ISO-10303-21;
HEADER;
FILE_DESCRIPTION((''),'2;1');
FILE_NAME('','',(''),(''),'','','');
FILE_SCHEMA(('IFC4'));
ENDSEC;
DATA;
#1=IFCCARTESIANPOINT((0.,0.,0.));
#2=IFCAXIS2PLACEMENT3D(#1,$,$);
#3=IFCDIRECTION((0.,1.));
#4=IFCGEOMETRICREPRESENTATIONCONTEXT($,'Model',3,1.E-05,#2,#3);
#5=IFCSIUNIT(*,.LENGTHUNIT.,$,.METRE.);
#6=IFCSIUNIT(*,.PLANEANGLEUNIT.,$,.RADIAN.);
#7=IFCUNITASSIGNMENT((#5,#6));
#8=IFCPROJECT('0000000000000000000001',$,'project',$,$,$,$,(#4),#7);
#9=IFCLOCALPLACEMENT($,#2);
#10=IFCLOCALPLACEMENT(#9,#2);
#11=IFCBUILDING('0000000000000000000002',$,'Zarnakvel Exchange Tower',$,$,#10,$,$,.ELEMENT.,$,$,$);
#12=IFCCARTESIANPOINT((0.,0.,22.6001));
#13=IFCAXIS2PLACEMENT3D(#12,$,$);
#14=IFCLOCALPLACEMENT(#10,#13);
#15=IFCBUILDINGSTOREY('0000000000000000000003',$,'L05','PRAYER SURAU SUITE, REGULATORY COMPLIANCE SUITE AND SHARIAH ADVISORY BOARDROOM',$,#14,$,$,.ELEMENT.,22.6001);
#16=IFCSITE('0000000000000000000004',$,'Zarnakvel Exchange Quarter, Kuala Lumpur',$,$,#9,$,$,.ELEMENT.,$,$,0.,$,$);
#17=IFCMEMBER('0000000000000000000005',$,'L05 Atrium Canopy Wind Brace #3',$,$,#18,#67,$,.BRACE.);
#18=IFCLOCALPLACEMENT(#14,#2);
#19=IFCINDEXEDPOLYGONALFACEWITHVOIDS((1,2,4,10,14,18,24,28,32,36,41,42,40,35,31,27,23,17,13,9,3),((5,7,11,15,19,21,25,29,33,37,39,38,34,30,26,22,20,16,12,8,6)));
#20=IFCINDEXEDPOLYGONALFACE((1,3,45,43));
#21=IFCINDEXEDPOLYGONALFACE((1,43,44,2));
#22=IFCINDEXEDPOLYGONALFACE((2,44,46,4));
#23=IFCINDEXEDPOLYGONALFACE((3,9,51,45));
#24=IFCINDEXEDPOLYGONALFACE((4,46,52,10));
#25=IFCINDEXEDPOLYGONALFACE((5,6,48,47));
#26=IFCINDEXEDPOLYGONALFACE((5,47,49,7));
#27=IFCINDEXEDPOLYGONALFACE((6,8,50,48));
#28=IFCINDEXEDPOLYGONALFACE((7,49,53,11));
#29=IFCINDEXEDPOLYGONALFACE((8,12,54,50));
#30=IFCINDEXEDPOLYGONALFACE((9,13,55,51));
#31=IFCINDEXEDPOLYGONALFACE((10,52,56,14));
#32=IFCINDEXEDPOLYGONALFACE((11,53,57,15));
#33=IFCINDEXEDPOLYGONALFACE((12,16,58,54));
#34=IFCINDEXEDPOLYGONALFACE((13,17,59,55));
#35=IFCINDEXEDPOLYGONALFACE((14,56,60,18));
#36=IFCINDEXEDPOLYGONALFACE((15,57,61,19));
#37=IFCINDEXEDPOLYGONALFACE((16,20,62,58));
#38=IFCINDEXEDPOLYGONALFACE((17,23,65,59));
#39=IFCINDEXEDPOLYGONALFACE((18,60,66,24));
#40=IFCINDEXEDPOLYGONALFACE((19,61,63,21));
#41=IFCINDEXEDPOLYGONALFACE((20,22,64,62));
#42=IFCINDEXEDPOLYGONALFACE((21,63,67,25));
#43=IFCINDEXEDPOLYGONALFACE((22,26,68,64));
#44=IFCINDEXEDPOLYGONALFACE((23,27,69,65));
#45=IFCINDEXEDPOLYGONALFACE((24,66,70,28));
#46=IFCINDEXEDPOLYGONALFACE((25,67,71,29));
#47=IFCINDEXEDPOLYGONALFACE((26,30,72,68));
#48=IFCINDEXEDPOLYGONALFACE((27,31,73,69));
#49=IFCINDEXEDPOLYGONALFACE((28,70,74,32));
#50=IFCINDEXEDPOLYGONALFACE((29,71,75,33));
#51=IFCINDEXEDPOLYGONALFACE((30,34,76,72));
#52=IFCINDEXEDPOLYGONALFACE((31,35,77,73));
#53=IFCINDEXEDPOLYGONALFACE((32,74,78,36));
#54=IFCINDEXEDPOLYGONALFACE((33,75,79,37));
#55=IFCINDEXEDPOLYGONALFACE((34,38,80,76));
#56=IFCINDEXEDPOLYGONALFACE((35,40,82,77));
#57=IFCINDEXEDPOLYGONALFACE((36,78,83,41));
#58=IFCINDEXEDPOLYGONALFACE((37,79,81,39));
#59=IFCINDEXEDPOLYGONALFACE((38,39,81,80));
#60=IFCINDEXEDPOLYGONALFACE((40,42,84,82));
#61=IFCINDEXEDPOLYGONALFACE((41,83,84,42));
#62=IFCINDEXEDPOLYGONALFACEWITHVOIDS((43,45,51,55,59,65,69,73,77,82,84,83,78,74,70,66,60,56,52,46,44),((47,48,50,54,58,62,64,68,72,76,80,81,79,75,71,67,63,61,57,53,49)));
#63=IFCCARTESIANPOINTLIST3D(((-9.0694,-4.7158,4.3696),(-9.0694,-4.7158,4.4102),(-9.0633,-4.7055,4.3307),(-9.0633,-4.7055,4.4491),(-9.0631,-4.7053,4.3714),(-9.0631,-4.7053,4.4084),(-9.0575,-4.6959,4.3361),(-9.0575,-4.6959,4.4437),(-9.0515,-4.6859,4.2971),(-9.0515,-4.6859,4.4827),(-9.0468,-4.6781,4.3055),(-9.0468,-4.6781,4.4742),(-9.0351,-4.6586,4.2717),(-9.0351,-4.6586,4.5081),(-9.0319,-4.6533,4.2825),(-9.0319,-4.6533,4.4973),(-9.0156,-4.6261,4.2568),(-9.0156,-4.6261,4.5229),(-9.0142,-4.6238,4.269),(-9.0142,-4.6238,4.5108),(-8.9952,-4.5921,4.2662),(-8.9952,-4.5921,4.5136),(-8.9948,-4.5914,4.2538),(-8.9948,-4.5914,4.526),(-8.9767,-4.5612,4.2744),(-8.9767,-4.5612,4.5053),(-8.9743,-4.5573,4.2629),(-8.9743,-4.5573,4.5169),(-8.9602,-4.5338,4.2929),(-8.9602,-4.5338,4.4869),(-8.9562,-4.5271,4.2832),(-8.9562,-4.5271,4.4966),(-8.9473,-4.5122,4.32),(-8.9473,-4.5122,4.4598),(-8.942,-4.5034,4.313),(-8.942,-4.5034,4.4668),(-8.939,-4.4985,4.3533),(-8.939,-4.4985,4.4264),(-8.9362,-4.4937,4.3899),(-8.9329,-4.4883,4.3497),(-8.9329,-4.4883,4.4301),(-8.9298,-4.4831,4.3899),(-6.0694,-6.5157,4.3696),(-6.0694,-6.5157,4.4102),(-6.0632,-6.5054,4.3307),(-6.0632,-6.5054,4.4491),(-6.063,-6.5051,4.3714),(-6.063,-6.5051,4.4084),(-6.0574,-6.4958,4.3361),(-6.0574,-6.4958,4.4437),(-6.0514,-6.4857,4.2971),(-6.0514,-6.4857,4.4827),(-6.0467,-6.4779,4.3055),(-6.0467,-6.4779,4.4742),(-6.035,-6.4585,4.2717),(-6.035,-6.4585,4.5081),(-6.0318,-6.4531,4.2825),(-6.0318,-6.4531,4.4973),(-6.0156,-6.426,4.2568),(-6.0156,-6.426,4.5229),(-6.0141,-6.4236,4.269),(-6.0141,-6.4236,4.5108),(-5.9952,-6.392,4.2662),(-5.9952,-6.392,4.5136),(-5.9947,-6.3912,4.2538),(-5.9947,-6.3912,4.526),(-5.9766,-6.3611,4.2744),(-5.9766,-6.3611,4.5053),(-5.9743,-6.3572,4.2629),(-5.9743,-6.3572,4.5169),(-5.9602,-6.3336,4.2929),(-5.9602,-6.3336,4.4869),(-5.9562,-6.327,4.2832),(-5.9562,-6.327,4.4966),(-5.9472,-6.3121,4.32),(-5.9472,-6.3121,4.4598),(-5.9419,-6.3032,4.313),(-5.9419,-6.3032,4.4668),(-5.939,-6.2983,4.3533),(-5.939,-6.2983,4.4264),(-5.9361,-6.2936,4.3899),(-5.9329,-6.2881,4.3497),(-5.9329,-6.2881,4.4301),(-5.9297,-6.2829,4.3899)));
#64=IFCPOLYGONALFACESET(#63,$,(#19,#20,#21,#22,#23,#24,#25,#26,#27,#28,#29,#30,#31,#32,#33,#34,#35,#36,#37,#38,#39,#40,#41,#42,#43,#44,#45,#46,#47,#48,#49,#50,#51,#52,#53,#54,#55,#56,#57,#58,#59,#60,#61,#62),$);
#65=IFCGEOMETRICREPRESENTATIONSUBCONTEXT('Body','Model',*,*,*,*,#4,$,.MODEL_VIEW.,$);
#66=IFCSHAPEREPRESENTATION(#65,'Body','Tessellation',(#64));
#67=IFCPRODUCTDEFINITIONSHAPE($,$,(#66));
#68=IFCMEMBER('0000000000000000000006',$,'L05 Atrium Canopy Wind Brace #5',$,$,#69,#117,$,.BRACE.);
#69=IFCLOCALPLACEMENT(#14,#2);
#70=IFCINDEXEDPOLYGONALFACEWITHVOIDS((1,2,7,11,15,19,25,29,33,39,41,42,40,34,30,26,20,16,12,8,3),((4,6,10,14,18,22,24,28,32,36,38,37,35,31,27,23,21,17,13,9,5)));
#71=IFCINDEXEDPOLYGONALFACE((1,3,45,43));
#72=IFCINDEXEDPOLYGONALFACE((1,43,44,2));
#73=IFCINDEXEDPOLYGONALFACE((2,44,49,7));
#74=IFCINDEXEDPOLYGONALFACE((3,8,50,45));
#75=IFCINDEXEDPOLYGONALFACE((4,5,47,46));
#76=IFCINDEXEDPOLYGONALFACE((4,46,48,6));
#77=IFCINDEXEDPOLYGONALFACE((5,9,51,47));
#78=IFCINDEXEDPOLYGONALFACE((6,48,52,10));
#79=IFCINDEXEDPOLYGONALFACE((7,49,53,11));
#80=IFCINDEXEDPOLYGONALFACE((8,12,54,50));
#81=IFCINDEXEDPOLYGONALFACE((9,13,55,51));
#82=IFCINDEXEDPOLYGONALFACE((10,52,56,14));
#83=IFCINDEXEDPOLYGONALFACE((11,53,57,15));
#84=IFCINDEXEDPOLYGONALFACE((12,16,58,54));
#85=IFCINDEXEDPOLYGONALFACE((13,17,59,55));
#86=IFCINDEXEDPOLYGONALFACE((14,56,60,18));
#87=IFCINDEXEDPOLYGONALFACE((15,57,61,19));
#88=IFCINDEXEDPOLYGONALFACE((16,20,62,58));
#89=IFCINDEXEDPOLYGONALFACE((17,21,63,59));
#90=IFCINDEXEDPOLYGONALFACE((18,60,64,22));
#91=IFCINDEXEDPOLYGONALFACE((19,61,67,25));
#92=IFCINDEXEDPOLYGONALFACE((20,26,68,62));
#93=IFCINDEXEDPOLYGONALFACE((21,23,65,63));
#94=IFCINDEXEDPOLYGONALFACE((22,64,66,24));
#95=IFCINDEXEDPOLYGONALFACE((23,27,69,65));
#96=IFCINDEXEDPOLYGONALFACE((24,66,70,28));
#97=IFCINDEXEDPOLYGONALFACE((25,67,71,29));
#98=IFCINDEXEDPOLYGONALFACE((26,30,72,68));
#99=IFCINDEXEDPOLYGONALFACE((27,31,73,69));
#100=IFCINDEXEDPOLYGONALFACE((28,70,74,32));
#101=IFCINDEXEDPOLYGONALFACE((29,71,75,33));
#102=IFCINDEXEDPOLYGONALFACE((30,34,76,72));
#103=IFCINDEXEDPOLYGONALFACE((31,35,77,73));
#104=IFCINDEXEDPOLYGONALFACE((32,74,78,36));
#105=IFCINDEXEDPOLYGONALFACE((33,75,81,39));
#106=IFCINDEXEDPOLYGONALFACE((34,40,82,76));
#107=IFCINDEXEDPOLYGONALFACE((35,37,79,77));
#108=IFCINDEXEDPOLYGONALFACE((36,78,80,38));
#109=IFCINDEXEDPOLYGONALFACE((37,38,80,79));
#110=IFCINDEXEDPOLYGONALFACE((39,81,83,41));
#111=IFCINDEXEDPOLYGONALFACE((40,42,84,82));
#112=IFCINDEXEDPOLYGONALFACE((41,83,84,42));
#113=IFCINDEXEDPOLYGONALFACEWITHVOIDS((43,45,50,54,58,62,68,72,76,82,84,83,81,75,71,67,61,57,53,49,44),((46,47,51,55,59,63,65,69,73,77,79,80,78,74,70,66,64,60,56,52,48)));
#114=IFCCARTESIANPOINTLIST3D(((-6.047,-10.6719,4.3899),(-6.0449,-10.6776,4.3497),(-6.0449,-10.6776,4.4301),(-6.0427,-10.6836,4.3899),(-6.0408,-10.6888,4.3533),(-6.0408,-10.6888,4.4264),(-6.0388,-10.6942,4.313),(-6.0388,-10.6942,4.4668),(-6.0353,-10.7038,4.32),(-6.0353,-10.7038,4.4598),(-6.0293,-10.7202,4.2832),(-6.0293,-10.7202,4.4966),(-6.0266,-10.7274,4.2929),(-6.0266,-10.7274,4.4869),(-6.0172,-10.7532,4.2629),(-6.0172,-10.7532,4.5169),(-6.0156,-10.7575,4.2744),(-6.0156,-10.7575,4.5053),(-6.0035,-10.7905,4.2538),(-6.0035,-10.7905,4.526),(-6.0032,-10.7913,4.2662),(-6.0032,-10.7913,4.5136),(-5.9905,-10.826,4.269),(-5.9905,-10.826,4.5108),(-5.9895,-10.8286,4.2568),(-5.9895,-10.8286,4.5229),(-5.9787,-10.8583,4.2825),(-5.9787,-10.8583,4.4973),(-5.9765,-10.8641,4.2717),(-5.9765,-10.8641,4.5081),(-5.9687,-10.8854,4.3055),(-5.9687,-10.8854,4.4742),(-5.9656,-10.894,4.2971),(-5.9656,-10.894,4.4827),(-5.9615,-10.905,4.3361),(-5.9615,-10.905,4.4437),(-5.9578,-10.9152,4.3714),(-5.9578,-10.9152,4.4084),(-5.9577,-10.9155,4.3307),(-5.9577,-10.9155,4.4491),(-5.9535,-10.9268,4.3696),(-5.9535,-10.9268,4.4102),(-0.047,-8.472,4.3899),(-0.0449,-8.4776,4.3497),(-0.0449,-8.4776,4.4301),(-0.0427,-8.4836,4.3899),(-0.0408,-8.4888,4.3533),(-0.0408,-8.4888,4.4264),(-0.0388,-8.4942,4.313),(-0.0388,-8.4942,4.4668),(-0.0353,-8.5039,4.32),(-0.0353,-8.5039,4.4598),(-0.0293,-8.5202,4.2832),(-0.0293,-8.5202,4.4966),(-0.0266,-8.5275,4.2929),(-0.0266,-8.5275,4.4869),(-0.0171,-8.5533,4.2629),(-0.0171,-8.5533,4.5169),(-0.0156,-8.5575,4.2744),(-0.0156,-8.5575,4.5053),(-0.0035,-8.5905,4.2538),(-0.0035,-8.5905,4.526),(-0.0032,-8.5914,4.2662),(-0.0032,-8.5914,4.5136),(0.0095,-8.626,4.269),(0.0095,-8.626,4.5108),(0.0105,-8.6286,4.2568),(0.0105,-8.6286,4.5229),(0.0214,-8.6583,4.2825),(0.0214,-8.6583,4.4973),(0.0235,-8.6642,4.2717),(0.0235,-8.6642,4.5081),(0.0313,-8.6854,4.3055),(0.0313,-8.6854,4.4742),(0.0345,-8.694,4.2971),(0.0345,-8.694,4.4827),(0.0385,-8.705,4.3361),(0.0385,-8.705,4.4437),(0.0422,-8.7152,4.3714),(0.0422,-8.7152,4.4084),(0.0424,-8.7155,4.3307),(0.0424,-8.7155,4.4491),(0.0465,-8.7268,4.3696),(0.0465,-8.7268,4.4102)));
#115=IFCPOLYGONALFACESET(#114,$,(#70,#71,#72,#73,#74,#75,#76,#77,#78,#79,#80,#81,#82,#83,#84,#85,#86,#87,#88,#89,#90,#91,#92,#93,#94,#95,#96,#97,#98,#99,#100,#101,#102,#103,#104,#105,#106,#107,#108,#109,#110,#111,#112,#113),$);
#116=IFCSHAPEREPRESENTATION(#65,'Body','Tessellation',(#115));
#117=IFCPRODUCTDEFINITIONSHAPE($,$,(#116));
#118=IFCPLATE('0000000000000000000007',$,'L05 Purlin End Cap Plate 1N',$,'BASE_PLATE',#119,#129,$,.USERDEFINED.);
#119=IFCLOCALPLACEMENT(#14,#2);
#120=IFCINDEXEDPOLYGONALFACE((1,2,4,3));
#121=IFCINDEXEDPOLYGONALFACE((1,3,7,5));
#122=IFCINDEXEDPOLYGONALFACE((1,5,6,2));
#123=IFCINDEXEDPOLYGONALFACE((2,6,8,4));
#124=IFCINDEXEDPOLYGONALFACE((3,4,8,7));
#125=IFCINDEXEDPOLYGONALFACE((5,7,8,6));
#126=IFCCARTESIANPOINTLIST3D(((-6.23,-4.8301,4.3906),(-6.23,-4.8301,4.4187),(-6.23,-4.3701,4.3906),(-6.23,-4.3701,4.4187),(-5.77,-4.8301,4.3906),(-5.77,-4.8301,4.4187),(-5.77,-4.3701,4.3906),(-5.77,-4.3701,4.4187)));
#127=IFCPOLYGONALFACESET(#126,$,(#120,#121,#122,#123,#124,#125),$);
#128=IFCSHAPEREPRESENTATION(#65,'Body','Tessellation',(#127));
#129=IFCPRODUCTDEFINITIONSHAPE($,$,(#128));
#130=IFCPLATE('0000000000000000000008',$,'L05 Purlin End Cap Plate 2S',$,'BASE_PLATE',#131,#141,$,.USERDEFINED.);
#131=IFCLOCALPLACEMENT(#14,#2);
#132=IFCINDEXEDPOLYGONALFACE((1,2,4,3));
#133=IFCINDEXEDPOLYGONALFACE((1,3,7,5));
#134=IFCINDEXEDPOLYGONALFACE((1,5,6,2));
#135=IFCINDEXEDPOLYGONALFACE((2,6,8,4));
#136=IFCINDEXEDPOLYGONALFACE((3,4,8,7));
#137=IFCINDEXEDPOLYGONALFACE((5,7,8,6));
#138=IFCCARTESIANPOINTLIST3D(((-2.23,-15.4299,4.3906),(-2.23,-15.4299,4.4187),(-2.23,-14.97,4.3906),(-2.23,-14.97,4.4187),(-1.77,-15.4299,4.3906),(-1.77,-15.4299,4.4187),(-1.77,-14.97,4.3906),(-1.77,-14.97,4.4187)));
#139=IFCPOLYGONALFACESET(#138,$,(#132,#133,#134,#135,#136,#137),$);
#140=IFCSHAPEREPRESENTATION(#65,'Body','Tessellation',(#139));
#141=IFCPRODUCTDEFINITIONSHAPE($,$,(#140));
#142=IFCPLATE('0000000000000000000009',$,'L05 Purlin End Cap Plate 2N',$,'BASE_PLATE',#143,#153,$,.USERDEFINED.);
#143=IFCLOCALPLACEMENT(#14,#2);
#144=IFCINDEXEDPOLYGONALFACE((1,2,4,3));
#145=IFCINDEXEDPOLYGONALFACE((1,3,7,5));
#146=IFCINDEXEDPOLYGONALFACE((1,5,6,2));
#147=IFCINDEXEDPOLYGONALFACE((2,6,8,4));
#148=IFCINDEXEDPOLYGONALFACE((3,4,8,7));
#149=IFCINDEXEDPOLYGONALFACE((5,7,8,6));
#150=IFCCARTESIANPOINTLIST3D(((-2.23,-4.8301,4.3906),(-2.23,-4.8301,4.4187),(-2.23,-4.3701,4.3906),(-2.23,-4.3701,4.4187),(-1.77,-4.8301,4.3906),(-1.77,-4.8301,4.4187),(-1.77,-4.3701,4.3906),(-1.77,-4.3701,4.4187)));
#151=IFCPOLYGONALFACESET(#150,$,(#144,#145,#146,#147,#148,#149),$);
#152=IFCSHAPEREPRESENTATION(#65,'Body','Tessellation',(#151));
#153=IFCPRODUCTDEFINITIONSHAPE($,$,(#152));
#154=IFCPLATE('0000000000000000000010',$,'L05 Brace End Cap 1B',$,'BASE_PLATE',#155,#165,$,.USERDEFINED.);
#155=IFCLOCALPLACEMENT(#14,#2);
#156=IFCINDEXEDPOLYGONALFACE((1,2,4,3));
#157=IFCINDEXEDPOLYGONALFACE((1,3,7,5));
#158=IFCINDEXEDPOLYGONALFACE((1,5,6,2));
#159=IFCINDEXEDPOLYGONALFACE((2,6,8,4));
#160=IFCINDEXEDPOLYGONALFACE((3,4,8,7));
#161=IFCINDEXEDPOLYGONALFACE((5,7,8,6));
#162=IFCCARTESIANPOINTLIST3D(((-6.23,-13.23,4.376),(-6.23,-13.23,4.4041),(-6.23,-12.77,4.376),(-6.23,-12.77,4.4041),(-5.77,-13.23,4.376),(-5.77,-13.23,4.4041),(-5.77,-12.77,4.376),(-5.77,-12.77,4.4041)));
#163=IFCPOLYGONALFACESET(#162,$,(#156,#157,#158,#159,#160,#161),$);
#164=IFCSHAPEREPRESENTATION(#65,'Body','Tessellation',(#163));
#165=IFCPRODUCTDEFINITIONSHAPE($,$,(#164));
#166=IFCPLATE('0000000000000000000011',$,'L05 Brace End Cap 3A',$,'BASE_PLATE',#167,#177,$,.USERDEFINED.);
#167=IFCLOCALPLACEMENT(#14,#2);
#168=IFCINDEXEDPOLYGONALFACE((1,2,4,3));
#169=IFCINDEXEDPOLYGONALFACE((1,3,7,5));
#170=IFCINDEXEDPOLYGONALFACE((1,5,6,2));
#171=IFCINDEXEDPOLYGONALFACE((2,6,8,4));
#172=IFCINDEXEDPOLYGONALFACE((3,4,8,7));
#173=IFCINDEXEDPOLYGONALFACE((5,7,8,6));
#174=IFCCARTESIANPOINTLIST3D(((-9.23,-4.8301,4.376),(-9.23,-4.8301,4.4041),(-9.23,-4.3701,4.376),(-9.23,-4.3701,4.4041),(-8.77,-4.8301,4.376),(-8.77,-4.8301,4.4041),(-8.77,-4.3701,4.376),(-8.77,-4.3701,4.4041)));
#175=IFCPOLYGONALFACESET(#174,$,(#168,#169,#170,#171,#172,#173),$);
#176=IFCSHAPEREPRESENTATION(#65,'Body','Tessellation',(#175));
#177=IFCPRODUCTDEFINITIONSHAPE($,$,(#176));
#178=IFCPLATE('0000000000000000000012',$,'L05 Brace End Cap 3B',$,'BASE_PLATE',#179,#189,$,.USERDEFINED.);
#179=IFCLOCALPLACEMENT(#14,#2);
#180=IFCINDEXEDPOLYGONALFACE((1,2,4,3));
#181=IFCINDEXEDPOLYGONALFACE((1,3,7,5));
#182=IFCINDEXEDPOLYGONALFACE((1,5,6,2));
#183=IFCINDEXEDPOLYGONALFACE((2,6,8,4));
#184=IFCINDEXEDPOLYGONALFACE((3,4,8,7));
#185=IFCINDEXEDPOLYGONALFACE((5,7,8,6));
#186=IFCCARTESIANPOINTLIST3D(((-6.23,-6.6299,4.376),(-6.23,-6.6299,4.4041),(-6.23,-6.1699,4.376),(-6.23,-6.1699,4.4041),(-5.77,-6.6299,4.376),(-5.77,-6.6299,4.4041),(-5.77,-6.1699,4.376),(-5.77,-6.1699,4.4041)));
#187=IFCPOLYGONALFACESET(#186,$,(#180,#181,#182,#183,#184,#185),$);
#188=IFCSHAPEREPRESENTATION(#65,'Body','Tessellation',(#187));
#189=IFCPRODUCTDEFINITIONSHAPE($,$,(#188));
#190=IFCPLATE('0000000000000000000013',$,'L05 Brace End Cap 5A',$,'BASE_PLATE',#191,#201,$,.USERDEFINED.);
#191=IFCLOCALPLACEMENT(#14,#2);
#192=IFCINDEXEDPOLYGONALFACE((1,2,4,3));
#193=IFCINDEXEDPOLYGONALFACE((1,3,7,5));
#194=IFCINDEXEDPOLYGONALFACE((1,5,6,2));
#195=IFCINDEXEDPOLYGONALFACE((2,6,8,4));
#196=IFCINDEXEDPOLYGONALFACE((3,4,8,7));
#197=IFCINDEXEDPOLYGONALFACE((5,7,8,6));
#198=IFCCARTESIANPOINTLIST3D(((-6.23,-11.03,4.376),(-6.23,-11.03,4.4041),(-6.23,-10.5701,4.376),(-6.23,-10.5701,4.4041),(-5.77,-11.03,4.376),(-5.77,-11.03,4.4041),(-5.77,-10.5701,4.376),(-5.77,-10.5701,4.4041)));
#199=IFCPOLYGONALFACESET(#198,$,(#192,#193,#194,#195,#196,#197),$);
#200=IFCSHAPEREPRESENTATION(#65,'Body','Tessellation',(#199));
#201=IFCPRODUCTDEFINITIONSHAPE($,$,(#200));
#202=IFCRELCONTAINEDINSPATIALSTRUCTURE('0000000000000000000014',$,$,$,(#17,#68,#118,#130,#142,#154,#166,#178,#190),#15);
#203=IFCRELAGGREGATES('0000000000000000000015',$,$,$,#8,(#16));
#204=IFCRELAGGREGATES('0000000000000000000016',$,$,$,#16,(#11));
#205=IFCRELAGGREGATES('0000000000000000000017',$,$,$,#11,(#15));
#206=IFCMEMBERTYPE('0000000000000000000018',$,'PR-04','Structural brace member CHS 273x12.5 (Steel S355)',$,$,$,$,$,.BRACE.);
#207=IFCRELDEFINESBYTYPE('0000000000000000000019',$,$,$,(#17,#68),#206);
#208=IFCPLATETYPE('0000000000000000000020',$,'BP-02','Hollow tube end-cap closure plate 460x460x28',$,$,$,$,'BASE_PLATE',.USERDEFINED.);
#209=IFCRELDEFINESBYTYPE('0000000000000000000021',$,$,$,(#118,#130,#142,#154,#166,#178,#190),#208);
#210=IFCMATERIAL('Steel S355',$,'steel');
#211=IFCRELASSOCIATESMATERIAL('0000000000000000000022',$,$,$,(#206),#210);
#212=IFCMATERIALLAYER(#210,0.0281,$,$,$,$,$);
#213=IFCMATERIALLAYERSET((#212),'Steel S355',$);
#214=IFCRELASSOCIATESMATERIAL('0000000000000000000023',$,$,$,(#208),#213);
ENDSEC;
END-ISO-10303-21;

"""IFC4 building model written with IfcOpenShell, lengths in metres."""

from ifc_helpers import new_model, si_unit, direction, frame, origin, origin_2d, place, context, subcontext, project, spatial, rectangle, hollow_circle, extrude, source, transform, mapped, material, layer, layer_set, material_profile, profile_set, type_object, element, save


model = new_model("IFC4")

# Units and contexts
model_context = context("Model", 3, precision=1e-05, world=origin(), true_north=direction((0.0, 1.0)))
body_context = subcontext(model_context, "Body", "Model", "MODEL_VIEW")
ifc_project = project(units=[si_unit("LENGTHUNIT", "METRE"), si_unit("PLANEANGLEUNIT", "RADIAN")], contexts=[model_context])

# Site, building, storey
site_placement = place(None, origin())
site = spatial("IfcSite", under=ifc_project, at=site_placement, Name="Zarnakvel Exchange Quarter, Kuala Lumpur", CompositionType="ELEMENT", RefElevation=0.0)
building_placement = place(site_placement, origin())
building = spatial("IfcBuilding", under=site, at=building_placement, Name="Zarnakvel Exchange Tower", CompositionType="ELEMENT")
storey_placement = place(building_placement, frame((0.0, 0.0, 22.6001)))
storey = spatial("IfcBuildingStorey", under=building, at=storey_placement, Name="L05", Description="PRAYER SURAU SUITE, REGULATORY COMPLIANCE SUITE AND SHARIAH ADVISORY BOARDROOM", CompositionType="ELEMENT", Elevation=22.6001)

# Shared definitions
ifc_material_1 = material(Name="Steel S355", Category="steel")

# Members
ifc_material_profile_1 = material_profile(ifc_material_1, hollow_circle(Radius=0.1365, WallThickness=0.0125, at=origin_2d()))
ifc_profile_set_1 = profile_set([ifc_material_profile_1], Name="Steel S355")
member_type_1 = type_object("IfcMemberType", Name="PR-04", Description="Structural brace member CHS 273x12.5 (Steel S355)", PredefinedType="BRACE", material=ifc_profile_set_1)
shared_shape_1 = source(origin(), body_context, "Body", "SweptSolid", [
    extrude(hollow_circle(Radius=0.1365, WallThickness=0.0125, at=origin_2d()), origin(), (0.0, 0.0, 1.0), 3.4985),
])
member_1_placement = place(storey_placement, frame((-9.0, -4.6001, 4.3899), z_axis=(0.857518, -0.514455, 0.0), x_axis=(0.514455, 0.857518, 0.0)))
element("IfcMember", 1, at=member_1_placement, inside=storey, type_object=member_type_1, Name="L05 Atrium Canopy Wind Brace #3", PredefinedType="BRACE", context=body_context, shape_type="MappedRepresentation", body=[
    mapped(shared_shape_1, transform((0.0, 0.0, 0.0), x_axis=(1.0, 0.0, 0.0), y_axis=(0.0, 1.0, 0.0), z_axis=(0.0, 0.0, 1.0), scale=1.0)),
])
shared_shape_2 = source(origin(), body_context, "Body", "SweptSolid", [
    extrude(hollow_circle(Radius=0.1365, WallThickness=0.0125, at=origin_2d()), origin(), (0.0, 0.0, 1.0), 6.3906),
])
member_2_placement = place(storey_placement, frame((-6.0, -10.8, 4.3899), z_axis=(0.938879, 0.344248, 0.0), x_axis=(-0.344248, 0.938879, 0.0)))
element("IfcMember", 2, at=member_2_placement, inside=storey, type_object=member_type_1, Name="L05 Atrium Canopy Wind Brace #5", PredefinedType="BRACE", context=body_context, shape_type="MappedRepresentation", body=[
    mapped(shared_shape_2, transform((0.0, 0.0, 0.0), x_axis=(1.0, 0.0, 0.0), y_axis=(0.0, 1.0, 0.0), z_axis=(0.0, 0.0, 1.0), scale=1.0)),
])

# Plates
ifc_layer_1 = layer(ifc_material_1, 0.0281)
ifc_layer_set_1 = layer_set([ifc_layer_1], Name="Steel S355")
plate_type = type_object("IfcPlateType", Name="BP-02", Description="Hollow tube end-cap closure plate 460x460x28", ElementType="BASE_PLATE", PredefinedType="USERDEFINED", material=ifc_layer_set_1)
shared_shape_3 = source(origin(), body_context, "Body", "SweptSolid", [
    extrude(rectangle(XDim=0.46, YDim=0.46, at=origin_2d()), origin(), (0.0, 0.0, 1.0), 0.0281),
])
for number, where, z_axis, x_axis, name in (
    (3, (-6.0, -4.6001, 4.3906), (0.0, 0.0, 1.0), (1.0, 0.0, 0.0), "L05 Purlin End Cap Plate 1N"),
    (4, (-2.0, -15.2, 4.3906), (0.0, 0.0, 1.0), (1.0, 0.0, 0.0), "L05 Purlin End Cap Plate 2S"),
    (5, (-2.0, -4.6001, 4.3906), (0.0, 0.0, 1.0), (1.0, 0.0, 0.0), "L05 Purlin End Cap Plate 2N"),
    (6, (-6.0, -13.0, 4.376), (0.0, 0.0, 1.0), (1.0, 0.0, 0.0), "L05 Brace End Cap 1B"),
    (7, (-9.0, -4.6001, 4.376), (0.0, 0.0, 1.0), (1.0, 0.0, 0.0), "L05 Brace End Cap 3A"),
    (8, (-6.0, -6.3999, 4.376), (0.0, 0.0, 1.0), (1.0, 0.0, 0.0), "L05 Brace End Cap 3B"),
    (9, (-6.0, -10.8, 4.376), (0.0, 0.0, 1.0), (1.0, 0.0, 0.0), "L05 Brace End Cap 5A"),
):
    element("IfcPlate", number, at=place(storey_placement, frame(where, z_axis=z_axis, x_axis=x_axis)), inside=storey, type_object=plate_type, Name=name, ObjectType="BASE_PLATE", PredefinedType="USERDEFINED", context=body_context, shape_type="MappedRepresentation", body=[
        mapped(shared_shape_3, transform((0.0, 0.0, 0.0), x_axis=(1.0, 0.0, 0.0), y_axis=(0.0, 1.0, 0.0), z_axis=(0.0, 0.0, 1.0), scale=1.0)),
    ])

save(model, "model.ifc")
